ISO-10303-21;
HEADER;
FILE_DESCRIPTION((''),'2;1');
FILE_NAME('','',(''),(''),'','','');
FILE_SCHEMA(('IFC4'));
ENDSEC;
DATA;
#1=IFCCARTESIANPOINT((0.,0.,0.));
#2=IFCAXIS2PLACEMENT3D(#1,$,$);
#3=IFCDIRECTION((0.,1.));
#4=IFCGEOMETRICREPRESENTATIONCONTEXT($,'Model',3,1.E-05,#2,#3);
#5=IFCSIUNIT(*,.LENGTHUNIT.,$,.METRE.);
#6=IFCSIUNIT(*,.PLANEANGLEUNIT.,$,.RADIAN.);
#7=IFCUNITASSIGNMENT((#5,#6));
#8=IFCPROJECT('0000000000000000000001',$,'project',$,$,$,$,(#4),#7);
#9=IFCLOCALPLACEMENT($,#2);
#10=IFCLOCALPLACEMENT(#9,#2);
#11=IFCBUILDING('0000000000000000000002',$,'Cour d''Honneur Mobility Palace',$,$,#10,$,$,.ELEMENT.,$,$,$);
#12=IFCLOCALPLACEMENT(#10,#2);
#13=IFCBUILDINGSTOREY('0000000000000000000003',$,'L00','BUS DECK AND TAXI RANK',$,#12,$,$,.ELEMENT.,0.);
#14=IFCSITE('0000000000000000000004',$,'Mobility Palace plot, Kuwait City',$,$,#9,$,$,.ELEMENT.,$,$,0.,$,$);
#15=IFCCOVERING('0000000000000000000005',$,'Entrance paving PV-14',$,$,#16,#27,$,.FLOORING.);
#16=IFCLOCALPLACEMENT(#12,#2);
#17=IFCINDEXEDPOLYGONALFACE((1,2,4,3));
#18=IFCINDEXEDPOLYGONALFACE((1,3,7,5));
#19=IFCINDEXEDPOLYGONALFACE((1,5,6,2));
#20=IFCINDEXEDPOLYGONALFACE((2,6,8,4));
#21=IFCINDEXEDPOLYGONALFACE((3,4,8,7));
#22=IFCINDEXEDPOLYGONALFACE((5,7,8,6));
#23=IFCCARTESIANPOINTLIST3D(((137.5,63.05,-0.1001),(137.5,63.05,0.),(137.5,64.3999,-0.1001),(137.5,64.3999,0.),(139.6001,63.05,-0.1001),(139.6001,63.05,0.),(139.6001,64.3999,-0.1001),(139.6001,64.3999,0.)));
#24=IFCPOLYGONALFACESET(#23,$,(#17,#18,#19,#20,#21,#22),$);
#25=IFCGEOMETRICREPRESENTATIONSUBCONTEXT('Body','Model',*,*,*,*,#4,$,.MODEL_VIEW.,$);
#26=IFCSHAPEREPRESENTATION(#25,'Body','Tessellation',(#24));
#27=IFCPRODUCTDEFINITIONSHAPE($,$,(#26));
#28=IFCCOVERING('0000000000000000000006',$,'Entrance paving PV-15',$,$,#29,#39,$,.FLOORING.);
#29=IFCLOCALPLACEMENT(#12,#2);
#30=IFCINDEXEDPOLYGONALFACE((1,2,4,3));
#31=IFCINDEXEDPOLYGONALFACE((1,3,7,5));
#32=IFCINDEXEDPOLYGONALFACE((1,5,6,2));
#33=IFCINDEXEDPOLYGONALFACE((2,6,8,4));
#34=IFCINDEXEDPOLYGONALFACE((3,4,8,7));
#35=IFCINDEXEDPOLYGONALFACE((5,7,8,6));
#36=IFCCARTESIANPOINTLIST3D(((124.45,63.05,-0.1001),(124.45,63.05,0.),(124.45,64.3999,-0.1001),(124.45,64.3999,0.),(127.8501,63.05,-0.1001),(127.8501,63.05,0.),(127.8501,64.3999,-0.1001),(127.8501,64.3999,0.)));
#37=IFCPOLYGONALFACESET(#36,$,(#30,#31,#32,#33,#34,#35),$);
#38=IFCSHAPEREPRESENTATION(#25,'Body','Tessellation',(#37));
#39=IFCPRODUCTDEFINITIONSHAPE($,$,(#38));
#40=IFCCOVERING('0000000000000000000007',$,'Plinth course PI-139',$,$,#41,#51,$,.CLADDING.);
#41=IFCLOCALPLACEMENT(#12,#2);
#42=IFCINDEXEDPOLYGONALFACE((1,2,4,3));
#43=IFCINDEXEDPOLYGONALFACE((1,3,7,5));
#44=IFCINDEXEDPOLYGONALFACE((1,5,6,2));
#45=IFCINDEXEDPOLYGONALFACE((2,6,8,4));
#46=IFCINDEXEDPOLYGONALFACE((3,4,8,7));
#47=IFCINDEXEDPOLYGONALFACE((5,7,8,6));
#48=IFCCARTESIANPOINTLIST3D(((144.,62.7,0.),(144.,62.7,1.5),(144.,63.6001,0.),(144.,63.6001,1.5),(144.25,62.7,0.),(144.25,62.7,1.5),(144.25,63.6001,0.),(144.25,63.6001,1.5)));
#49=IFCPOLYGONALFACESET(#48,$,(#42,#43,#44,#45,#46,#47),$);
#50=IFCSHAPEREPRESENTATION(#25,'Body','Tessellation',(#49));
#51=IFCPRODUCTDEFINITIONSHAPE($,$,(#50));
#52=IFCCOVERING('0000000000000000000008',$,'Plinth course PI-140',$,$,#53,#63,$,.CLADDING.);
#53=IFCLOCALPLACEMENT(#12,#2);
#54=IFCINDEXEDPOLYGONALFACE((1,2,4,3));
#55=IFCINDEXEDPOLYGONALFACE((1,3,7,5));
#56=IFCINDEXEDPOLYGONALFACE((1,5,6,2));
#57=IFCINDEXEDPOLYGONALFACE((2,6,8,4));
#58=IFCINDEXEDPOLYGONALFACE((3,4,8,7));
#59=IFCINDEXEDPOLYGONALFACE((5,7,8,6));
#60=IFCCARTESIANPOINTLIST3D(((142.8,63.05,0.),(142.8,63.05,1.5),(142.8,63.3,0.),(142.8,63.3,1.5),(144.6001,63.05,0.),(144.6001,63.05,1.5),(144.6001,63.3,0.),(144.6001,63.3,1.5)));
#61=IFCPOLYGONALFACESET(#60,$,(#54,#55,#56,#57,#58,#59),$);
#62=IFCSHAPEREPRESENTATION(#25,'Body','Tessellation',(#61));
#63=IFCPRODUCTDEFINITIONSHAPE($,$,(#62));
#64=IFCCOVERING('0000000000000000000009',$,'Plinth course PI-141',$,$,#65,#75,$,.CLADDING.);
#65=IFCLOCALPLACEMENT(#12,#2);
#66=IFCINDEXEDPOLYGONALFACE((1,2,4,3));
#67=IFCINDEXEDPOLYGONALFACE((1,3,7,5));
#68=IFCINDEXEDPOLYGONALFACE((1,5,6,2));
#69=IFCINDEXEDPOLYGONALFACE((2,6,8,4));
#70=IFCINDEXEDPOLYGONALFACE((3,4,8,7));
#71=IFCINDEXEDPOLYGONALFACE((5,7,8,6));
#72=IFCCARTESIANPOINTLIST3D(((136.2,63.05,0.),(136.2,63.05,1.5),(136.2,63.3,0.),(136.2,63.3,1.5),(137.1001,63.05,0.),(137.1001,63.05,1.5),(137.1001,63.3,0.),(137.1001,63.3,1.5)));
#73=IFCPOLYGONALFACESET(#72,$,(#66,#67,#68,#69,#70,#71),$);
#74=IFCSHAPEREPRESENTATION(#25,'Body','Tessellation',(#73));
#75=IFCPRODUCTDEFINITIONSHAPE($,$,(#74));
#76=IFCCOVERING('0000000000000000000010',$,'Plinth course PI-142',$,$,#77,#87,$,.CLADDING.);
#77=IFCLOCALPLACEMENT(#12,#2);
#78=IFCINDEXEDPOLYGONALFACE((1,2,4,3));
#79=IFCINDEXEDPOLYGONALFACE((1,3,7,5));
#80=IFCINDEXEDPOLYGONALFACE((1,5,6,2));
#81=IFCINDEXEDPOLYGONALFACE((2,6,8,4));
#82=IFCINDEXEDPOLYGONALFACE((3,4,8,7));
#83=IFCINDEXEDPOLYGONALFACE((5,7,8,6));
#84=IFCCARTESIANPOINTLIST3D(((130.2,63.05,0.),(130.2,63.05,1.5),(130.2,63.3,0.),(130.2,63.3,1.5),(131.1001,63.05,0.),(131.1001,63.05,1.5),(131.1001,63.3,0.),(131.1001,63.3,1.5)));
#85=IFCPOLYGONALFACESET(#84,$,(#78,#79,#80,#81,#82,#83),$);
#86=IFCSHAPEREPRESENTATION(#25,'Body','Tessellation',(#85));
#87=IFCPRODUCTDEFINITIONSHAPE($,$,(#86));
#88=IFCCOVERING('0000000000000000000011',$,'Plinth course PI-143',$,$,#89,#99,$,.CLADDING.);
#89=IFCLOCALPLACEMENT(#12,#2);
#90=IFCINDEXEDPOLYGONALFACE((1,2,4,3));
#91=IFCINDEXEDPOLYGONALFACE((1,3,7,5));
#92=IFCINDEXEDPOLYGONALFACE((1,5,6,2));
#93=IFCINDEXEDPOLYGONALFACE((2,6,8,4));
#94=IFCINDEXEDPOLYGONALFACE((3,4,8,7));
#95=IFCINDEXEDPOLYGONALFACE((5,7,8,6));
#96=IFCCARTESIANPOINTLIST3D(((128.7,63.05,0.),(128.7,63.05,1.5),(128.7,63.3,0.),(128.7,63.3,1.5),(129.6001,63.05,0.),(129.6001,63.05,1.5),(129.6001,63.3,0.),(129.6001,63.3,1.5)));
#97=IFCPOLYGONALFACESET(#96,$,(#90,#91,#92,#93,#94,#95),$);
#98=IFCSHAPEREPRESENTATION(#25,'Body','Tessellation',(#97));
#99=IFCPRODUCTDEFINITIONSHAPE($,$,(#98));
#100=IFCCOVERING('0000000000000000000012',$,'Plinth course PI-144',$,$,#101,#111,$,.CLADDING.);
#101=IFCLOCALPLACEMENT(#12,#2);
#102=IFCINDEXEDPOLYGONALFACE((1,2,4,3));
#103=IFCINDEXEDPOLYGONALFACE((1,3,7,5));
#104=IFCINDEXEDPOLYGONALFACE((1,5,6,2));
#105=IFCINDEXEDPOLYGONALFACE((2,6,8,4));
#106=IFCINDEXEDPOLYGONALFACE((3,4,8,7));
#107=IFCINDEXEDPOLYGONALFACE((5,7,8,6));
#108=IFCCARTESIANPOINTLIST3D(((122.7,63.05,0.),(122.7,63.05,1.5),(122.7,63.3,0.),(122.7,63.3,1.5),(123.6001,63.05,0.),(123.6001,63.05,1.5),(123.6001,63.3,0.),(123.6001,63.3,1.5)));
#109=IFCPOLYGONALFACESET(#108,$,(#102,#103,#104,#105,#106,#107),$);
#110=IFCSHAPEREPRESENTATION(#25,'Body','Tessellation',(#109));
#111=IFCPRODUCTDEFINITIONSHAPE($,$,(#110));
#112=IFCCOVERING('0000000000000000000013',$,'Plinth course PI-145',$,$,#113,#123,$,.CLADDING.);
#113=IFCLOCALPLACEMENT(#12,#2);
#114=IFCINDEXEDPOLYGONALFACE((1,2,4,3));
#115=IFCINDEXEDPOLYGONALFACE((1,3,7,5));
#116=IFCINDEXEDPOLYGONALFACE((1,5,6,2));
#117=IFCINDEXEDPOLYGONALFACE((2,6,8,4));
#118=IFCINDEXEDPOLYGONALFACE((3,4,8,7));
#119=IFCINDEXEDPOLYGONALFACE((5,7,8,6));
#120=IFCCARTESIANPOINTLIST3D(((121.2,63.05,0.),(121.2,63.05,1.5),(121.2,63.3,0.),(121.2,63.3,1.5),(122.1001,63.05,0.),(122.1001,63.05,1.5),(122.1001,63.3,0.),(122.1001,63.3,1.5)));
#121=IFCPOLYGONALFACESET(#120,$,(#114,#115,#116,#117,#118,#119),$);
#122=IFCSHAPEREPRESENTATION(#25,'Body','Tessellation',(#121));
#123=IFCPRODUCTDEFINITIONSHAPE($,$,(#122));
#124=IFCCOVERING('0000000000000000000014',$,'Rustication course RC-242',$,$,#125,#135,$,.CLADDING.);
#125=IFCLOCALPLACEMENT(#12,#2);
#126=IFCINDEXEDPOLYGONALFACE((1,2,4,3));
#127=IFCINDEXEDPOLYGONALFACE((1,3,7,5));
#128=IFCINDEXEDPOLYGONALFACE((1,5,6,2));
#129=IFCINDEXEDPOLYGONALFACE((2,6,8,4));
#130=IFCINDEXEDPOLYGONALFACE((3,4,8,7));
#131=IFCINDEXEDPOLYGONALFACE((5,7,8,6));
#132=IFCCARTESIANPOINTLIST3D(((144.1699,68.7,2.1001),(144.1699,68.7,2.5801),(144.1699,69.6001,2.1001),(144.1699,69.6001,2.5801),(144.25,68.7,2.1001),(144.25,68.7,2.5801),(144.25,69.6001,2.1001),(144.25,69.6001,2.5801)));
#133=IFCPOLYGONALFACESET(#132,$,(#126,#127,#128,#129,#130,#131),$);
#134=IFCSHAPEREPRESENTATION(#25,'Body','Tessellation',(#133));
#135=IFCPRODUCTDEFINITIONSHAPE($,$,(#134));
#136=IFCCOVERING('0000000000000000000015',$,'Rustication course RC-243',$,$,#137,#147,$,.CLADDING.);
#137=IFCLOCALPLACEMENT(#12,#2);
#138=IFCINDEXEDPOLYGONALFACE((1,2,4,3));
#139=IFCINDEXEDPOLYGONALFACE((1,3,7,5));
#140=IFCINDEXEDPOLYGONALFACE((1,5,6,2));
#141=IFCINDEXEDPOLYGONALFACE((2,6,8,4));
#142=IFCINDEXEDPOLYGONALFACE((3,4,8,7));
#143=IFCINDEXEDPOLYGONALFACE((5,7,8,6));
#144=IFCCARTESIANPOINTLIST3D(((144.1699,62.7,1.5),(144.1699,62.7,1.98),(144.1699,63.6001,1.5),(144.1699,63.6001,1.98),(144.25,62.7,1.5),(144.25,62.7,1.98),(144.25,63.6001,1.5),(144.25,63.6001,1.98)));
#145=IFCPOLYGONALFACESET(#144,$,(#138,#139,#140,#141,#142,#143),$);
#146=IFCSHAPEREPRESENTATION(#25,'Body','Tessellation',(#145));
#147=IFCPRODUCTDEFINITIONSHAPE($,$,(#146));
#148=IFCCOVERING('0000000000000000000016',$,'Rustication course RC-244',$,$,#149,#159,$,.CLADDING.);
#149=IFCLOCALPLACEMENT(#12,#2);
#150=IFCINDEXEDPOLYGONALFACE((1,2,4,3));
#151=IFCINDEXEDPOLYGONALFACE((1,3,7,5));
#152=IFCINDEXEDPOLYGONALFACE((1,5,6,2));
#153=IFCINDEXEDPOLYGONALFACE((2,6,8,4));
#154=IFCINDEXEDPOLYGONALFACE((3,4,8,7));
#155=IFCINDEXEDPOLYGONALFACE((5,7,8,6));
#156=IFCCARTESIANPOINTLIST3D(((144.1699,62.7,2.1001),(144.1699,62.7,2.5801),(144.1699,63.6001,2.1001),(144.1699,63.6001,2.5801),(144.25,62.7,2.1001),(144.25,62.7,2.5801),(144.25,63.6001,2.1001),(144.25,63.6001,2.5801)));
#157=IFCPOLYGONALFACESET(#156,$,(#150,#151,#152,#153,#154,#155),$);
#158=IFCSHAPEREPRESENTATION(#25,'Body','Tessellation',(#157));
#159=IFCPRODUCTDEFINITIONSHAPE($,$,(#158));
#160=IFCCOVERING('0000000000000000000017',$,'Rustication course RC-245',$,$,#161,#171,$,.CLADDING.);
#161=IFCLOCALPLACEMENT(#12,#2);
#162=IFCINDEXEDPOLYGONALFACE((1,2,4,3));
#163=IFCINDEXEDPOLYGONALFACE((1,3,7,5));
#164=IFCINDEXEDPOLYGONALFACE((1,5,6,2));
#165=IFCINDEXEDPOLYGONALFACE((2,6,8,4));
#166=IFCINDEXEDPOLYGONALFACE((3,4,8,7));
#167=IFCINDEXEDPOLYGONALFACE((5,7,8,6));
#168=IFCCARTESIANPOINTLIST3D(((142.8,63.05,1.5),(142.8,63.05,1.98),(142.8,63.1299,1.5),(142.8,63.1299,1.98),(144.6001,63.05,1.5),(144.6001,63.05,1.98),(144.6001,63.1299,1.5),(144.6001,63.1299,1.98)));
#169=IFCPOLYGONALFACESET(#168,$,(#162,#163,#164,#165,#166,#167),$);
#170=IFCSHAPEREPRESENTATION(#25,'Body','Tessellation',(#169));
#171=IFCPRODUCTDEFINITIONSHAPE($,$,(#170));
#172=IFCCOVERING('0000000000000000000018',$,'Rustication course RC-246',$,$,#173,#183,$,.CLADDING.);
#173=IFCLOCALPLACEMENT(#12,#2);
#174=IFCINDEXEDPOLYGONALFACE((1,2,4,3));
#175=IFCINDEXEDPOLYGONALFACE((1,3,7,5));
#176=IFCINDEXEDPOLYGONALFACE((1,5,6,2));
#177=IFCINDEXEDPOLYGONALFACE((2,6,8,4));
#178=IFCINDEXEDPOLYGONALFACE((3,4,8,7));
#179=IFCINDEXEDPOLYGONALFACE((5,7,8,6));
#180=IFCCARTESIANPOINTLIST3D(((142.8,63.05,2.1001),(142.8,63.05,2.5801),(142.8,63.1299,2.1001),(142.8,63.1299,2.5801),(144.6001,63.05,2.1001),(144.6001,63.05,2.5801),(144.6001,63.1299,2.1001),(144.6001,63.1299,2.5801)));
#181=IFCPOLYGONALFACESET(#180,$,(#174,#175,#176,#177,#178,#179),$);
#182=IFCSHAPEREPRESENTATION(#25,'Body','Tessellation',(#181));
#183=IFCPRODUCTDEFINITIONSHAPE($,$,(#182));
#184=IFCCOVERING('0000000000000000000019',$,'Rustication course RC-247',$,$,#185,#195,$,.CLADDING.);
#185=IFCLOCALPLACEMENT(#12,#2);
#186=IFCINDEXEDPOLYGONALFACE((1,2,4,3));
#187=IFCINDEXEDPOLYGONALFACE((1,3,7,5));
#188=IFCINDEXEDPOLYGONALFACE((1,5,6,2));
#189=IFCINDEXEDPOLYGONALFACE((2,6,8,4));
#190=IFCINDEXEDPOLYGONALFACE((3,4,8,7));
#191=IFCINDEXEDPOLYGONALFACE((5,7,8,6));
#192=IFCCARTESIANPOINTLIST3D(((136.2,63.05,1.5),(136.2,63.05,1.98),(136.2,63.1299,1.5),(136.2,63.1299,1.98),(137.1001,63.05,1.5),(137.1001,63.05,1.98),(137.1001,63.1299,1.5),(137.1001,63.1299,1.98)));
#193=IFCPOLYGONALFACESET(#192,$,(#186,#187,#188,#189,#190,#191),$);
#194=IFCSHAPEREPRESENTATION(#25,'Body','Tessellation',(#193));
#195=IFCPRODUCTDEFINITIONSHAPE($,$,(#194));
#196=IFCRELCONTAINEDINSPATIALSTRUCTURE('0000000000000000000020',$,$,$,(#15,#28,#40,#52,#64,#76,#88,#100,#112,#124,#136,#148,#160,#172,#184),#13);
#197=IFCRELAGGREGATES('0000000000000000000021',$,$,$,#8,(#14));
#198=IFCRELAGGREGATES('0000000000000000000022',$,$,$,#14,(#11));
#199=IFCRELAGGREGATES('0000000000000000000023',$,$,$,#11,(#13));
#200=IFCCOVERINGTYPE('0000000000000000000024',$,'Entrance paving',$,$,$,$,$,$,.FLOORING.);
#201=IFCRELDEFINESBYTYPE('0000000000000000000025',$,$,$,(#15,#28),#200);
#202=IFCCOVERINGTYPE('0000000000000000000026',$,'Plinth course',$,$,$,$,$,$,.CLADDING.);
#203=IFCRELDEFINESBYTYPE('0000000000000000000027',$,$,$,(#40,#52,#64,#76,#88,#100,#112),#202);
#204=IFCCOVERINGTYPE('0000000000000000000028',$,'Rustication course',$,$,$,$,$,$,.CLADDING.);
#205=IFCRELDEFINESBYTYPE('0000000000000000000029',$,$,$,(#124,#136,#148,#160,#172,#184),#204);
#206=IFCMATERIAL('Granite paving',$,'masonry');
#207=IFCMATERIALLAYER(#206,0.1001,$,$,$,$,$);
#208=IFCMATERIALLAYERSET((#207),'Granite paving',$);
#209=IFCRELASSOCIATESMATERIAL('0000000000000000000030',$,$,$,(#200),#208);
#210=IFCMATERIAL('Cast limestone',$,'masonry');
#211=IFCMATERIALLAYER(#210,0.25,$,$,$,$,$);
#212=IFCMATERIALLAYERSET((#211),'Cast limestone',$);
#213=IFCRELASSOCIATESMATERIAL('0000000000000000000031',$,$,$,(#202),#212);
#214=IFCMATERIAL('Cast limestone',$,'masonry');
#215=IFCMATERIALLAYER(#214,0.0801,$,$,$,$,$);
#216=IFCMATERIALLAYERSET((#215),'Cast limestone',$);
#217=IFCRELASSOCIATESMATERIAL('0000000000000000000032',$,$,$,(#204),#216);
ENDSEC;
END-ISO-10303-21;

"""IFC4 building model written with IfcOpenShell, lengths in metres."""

from ifc_helpers import new_model, si_unit, direction, frame, origin, place, context, subcontext, project, spatial, polyline, outline, extrude, material, layer, layer_set, type_object, element, save


model = new_model("IFC4")

# Units and contexts
model_context = context("Model", 3, precision=1e-05, world=origin(), true_north=direction((0.0, 1.0)))
body_context = subcontext(model_context, "Body", "Model", "MODEL_VIEW")
ifc_project = project(units=[si_unit("LENGTHUNIT", "METRE"), si_unit("PLANEANGLEUNIT", "RADIAN")], contexts=[model_context])

# Site, building, storey
site_placement = place(None, origin())
site = spatial("IfcSite", under=ifc_project, at=site_placement, Name="Mobility Palace plot, Kuwait City", CompositionType="ELEMENT", RefElevation=0.0)
building_placement = place(site_placement, origin())
building = spatial("IfcBuilding", under=site, at=building_placement, Name="Cour d'Honneur Mobility Palace", CompositionType="ELEMENT")
storey_placement = place(building_placement, origin())
storey = spatial("IfcBuildingStorey", under=building, at=storey_placement, Name="L00", Description="BUS DECK AND TAXI RANK", CompositionType="ELEMENT", Elevation=0.0)

# Coverings
ifc_material_1 = material(Name="Granite paving", Category="masonry")
ifc_layer_1 = layer(ifc_material_1, 0.1001)
ifc_layer_set_1 = layer_set([ifc_layer_1], Name="Granite paving")
covering_type_1 = type_object("IfcCoveringType", Name="Entrance paving", PredefinedType="FLOORING", material=ifc_layer_set_1)
covering_1_placement = place(storey_placement, frame((0.0, 0.0, -0.1001)))
element("IfcCovering", 1, at=covering_1_placement, inside=storey, type_object=covering_type_1, Name="Entrance paving PV-14", PredefinedType="FLOORING", context=body_context, shape_type="SweptSolid", body=[
    extrude(outline(polyline([(139.6001, 63.05), (137.5, 63.05), (137.5, 64.3999), (139.6001, 64.3999), (139.6001, 63.05)])), origin(), (0.0, 0.0, 1.0), 0.1001),
])
covering_2_placement = place(storey_placement, frame((0.0, 0.0, -0.1001)))
element("IfcCovering", 2, at=covering_2_placement, inside=storey, type_object=covering_type_1, Name="Entrance paving PV-15", PredefinedType="FLOORING", context=body_context, shape_type="SweptSolid", body=[
    extrude(outline(polyline([(127.8501, 63.05), (124.45, 63.05), (124.45, 64.3999), (127.8501, 64.3999), (127.8501, 63.05)])), origin(), (0.0, 0.0, 1.0), 0.1001),
])
ifc_material_2 = material(Name="Cast limestone", Category="masonry")
ifc_layer_2 = layer(ifc_material_2, 0.25)
ifc_layer_set_2 = layer_set([ifc_layer_2], Name="Cast limestone")
covering_type_2 = type_object("IfcCoveringType", Name="Plinth course", PredefinedType="CLADDING", material=ifc_layer_set_2)
covering_3_placement = place(storey_placement, origin())
element("IfcCovering", 3, at=covering_3_placement, inside=storey, type_object=covering_type_2, Name="Plinth course PI-139", PredefinedType="CLADDING", context=body_context, shape_type="SweptSolid", body=[
    extrude(outline(polyline([(144.25, 63.6001), (144.25, 62.7), (144.0, 62.7), (144.0, 63.6001), (144.25, 63.6001)])), origin(), (0.0, 0.0, 1.0), 1.5),
])
covering_4_placement = place(storey_placement, origin())
element("IfcCovering", 4, at=covering_4_placement, inside=storey, type_object=covering_type_2, Name="Plinth course PI-140", PredefinedType="CLADDING", context=body_context, shape_type="SweptSolid", body=[
    extrude(outline(polyline([(144.6001, 63.05), (142.8, 63.05), (142.8, 63.3), (144.6001, 63.3), (144.6001, 63.05)])), origin(), (0.0, 0.0, 1.0), 1.5),
])
covering_5_placement = place(storey_placement, origin())
element("IfcCovering", 5, at=covering_5_placement, inside=storey, type_object=covering_type_2, Name="Plinth course PI-141", PredefinedType="CLADDING", context=body_context, shape_type="SweptSolid", body=[
    extrude(outline(polyline([(137.1001, 63.05), (136.2, 63.05), (136.2, 63.3), (137.1001, 63.3), (137.1001, 63.05)])), origin(), (0.0, 0.0, 1.0), 1.5),
])
covering_6_placement = place(storey_placement, origin())
element("IfcCovering", 6, at=covering_6_placement, inside=storey, type_object=covering_type_2, Name="Plinth course PI-142", PredefinedType="CLADDING", context=body_context, shape_type="SweptSolid", body=[
    extrude(outline(polyline([(131.1001, 63.05), (130.2, 63.05), (130.2, 63.3), (131.1001, 63.3), (131.1001, 63.05)])), origin(), (0.0, 0.0, 1.0), 1.5),
])
covering_7_placement = place(storey_placement, origin())
element("IfcCovering", 7, at=covering_7_placement, inside=storey, type_object=covering_type_2, Name="Plinth course PI-143", PredefinedType="CLADDING", context=body_context, shape_type="SweptSolid", body=[
    extrude(outline(polyline([(129.6001, 63.05), (128.7, 63.05), (128.7, 63.3), (129.6001, 63.3), (129.6001, 63.05)])), origin(), (0.0, 0.0, 1.0), 1.5),
])
covering_8_placement = place(storey_placement, origin())
element("IfcCovering", 8, at=covering_8_placement, inside=storey, type_object=covering_type_2, Name="Plinth course PI-144", PredefinedType="CLADDING", context=body_context, shape_type="SweptSolid", body=[
    extrude(outline(polyline([(123.6001, 63.05), (122.7, 63.05), (122.7, 63.3), (123.6001, 63.3), (123.6001, 63.05)])), origin(), (0.0, 0.0, 1.0), 1.5),
])
covering_9_placement = place(storey_placement, origin())
element("IfcCovering", 9, at=covering_9_placement, inside=storey, type_object=covering_type_2, Name="Plinth course PI-145", PredefinedType="CLADDING", context=body_context, shape_type="SweptSolid", body=[
    extrude(outline(polyline([(122.1001, 63.05), (121.2, 63.05), (121.2, 63.3), (122.1001, 63.3), (122.1001, 63.05)])), origin(), (0.0, 0.0, 1.0), 1.5),
])
ifc_material_3 = material(Name="Cast limestone", Category="masonry")
ifc_layer_3 = layer(ifc_material_3, 0.0801)
ifc_layer_set_3 = layer_set([ifc_layer_3], Name="Cast limestone")
covering_type_3 = type_object("IfcCoveringType", Name="Rustication course", PredefinedType="CLADDING", material=ifc_layer_set_3)
covering_10_placement = place(storey_placement, frame((0.0, 0.0, 2.1001)))
element("IfcCovering", 10, at=covering_10_placement, inside=storey, type_object=covering_type_3, Name="Rustication course RC-242", PredefinedType="CLADDING", context=body_context, shape_type="SweptSolid", body=[
    extrude(outline(polyline([(144.25, 69.6001), (144.25, 68.7), (144.1699, 68.7), (144.1699, 69.6001), (144.25, 69.6001)])), origin(), (0.0, 0.0, 1.0), 0.48),
])
for number, where, name in (
    (11, (0.0, 0.0, 1.5), "Rustication course RC-243"),
    (12, (0.0, 0.0, 2.1001), "Rustication course RC-244"),
):
    element("IfcCovering", number, at=place(storey_placement, frame(where)), inside=storey, type_object=covering_type_3, Name=name, PredefinedType="CLADDING", context=body_context, shape_type="SweptSolid", body=[
        extrude(outline(polyline([(144.25, 63.6001), (144.25, 62.7), (144.1699, 62.7), (144.1699, 63.6001), (144.25, 63.6001)])), origin(), (0.0, 0.0, 1.0), 0.48),
    ])
for number, where, name in (
    (13, (0.0, 0.0, 1.5), "Rustication course RC-245"),
    (14, (0.0, 0.0, 2.1001), "Rustication course RC-246"),
):
    element("IfcCovering", number, at=place(storey_placement, frame(where)), inside=storey, type_object=covering_type_3, Name=name, PredefinedType="CLADDING", context=body_context, shape_type="SweptSolid", body=[
        extrude(outline(polyline([(144.6001, 63.05), (142.8, 63.05), (142.8, 63.1299), (144.6001, 63.1299), (144.6001, 63.05)])), origin(), (0.0, 0.0, 1.0), 0.48),
    ])
for number, where, name in (
    (15, (0.0, 0.0, 1.5), "Rustication course RC-247"),
):
    element("IfcCovering", number, at=place(storey_placement, frame(where)), inside=storey, type_object=covering_type_3, Name=name, PredefinedType="CLADDING", context=body_context, shape_type="SweptSolid", body=[
        extrude(outline(polyline([(137.1001, 63.05), (136.2, 63.05), (136.2, 63.1299), (137.1001, 63.1299), (137.1001, 63.05)])), origin(), (0.0, 0.0, 1.0), 0.48),
    ])

save(model, "model.ifc")
